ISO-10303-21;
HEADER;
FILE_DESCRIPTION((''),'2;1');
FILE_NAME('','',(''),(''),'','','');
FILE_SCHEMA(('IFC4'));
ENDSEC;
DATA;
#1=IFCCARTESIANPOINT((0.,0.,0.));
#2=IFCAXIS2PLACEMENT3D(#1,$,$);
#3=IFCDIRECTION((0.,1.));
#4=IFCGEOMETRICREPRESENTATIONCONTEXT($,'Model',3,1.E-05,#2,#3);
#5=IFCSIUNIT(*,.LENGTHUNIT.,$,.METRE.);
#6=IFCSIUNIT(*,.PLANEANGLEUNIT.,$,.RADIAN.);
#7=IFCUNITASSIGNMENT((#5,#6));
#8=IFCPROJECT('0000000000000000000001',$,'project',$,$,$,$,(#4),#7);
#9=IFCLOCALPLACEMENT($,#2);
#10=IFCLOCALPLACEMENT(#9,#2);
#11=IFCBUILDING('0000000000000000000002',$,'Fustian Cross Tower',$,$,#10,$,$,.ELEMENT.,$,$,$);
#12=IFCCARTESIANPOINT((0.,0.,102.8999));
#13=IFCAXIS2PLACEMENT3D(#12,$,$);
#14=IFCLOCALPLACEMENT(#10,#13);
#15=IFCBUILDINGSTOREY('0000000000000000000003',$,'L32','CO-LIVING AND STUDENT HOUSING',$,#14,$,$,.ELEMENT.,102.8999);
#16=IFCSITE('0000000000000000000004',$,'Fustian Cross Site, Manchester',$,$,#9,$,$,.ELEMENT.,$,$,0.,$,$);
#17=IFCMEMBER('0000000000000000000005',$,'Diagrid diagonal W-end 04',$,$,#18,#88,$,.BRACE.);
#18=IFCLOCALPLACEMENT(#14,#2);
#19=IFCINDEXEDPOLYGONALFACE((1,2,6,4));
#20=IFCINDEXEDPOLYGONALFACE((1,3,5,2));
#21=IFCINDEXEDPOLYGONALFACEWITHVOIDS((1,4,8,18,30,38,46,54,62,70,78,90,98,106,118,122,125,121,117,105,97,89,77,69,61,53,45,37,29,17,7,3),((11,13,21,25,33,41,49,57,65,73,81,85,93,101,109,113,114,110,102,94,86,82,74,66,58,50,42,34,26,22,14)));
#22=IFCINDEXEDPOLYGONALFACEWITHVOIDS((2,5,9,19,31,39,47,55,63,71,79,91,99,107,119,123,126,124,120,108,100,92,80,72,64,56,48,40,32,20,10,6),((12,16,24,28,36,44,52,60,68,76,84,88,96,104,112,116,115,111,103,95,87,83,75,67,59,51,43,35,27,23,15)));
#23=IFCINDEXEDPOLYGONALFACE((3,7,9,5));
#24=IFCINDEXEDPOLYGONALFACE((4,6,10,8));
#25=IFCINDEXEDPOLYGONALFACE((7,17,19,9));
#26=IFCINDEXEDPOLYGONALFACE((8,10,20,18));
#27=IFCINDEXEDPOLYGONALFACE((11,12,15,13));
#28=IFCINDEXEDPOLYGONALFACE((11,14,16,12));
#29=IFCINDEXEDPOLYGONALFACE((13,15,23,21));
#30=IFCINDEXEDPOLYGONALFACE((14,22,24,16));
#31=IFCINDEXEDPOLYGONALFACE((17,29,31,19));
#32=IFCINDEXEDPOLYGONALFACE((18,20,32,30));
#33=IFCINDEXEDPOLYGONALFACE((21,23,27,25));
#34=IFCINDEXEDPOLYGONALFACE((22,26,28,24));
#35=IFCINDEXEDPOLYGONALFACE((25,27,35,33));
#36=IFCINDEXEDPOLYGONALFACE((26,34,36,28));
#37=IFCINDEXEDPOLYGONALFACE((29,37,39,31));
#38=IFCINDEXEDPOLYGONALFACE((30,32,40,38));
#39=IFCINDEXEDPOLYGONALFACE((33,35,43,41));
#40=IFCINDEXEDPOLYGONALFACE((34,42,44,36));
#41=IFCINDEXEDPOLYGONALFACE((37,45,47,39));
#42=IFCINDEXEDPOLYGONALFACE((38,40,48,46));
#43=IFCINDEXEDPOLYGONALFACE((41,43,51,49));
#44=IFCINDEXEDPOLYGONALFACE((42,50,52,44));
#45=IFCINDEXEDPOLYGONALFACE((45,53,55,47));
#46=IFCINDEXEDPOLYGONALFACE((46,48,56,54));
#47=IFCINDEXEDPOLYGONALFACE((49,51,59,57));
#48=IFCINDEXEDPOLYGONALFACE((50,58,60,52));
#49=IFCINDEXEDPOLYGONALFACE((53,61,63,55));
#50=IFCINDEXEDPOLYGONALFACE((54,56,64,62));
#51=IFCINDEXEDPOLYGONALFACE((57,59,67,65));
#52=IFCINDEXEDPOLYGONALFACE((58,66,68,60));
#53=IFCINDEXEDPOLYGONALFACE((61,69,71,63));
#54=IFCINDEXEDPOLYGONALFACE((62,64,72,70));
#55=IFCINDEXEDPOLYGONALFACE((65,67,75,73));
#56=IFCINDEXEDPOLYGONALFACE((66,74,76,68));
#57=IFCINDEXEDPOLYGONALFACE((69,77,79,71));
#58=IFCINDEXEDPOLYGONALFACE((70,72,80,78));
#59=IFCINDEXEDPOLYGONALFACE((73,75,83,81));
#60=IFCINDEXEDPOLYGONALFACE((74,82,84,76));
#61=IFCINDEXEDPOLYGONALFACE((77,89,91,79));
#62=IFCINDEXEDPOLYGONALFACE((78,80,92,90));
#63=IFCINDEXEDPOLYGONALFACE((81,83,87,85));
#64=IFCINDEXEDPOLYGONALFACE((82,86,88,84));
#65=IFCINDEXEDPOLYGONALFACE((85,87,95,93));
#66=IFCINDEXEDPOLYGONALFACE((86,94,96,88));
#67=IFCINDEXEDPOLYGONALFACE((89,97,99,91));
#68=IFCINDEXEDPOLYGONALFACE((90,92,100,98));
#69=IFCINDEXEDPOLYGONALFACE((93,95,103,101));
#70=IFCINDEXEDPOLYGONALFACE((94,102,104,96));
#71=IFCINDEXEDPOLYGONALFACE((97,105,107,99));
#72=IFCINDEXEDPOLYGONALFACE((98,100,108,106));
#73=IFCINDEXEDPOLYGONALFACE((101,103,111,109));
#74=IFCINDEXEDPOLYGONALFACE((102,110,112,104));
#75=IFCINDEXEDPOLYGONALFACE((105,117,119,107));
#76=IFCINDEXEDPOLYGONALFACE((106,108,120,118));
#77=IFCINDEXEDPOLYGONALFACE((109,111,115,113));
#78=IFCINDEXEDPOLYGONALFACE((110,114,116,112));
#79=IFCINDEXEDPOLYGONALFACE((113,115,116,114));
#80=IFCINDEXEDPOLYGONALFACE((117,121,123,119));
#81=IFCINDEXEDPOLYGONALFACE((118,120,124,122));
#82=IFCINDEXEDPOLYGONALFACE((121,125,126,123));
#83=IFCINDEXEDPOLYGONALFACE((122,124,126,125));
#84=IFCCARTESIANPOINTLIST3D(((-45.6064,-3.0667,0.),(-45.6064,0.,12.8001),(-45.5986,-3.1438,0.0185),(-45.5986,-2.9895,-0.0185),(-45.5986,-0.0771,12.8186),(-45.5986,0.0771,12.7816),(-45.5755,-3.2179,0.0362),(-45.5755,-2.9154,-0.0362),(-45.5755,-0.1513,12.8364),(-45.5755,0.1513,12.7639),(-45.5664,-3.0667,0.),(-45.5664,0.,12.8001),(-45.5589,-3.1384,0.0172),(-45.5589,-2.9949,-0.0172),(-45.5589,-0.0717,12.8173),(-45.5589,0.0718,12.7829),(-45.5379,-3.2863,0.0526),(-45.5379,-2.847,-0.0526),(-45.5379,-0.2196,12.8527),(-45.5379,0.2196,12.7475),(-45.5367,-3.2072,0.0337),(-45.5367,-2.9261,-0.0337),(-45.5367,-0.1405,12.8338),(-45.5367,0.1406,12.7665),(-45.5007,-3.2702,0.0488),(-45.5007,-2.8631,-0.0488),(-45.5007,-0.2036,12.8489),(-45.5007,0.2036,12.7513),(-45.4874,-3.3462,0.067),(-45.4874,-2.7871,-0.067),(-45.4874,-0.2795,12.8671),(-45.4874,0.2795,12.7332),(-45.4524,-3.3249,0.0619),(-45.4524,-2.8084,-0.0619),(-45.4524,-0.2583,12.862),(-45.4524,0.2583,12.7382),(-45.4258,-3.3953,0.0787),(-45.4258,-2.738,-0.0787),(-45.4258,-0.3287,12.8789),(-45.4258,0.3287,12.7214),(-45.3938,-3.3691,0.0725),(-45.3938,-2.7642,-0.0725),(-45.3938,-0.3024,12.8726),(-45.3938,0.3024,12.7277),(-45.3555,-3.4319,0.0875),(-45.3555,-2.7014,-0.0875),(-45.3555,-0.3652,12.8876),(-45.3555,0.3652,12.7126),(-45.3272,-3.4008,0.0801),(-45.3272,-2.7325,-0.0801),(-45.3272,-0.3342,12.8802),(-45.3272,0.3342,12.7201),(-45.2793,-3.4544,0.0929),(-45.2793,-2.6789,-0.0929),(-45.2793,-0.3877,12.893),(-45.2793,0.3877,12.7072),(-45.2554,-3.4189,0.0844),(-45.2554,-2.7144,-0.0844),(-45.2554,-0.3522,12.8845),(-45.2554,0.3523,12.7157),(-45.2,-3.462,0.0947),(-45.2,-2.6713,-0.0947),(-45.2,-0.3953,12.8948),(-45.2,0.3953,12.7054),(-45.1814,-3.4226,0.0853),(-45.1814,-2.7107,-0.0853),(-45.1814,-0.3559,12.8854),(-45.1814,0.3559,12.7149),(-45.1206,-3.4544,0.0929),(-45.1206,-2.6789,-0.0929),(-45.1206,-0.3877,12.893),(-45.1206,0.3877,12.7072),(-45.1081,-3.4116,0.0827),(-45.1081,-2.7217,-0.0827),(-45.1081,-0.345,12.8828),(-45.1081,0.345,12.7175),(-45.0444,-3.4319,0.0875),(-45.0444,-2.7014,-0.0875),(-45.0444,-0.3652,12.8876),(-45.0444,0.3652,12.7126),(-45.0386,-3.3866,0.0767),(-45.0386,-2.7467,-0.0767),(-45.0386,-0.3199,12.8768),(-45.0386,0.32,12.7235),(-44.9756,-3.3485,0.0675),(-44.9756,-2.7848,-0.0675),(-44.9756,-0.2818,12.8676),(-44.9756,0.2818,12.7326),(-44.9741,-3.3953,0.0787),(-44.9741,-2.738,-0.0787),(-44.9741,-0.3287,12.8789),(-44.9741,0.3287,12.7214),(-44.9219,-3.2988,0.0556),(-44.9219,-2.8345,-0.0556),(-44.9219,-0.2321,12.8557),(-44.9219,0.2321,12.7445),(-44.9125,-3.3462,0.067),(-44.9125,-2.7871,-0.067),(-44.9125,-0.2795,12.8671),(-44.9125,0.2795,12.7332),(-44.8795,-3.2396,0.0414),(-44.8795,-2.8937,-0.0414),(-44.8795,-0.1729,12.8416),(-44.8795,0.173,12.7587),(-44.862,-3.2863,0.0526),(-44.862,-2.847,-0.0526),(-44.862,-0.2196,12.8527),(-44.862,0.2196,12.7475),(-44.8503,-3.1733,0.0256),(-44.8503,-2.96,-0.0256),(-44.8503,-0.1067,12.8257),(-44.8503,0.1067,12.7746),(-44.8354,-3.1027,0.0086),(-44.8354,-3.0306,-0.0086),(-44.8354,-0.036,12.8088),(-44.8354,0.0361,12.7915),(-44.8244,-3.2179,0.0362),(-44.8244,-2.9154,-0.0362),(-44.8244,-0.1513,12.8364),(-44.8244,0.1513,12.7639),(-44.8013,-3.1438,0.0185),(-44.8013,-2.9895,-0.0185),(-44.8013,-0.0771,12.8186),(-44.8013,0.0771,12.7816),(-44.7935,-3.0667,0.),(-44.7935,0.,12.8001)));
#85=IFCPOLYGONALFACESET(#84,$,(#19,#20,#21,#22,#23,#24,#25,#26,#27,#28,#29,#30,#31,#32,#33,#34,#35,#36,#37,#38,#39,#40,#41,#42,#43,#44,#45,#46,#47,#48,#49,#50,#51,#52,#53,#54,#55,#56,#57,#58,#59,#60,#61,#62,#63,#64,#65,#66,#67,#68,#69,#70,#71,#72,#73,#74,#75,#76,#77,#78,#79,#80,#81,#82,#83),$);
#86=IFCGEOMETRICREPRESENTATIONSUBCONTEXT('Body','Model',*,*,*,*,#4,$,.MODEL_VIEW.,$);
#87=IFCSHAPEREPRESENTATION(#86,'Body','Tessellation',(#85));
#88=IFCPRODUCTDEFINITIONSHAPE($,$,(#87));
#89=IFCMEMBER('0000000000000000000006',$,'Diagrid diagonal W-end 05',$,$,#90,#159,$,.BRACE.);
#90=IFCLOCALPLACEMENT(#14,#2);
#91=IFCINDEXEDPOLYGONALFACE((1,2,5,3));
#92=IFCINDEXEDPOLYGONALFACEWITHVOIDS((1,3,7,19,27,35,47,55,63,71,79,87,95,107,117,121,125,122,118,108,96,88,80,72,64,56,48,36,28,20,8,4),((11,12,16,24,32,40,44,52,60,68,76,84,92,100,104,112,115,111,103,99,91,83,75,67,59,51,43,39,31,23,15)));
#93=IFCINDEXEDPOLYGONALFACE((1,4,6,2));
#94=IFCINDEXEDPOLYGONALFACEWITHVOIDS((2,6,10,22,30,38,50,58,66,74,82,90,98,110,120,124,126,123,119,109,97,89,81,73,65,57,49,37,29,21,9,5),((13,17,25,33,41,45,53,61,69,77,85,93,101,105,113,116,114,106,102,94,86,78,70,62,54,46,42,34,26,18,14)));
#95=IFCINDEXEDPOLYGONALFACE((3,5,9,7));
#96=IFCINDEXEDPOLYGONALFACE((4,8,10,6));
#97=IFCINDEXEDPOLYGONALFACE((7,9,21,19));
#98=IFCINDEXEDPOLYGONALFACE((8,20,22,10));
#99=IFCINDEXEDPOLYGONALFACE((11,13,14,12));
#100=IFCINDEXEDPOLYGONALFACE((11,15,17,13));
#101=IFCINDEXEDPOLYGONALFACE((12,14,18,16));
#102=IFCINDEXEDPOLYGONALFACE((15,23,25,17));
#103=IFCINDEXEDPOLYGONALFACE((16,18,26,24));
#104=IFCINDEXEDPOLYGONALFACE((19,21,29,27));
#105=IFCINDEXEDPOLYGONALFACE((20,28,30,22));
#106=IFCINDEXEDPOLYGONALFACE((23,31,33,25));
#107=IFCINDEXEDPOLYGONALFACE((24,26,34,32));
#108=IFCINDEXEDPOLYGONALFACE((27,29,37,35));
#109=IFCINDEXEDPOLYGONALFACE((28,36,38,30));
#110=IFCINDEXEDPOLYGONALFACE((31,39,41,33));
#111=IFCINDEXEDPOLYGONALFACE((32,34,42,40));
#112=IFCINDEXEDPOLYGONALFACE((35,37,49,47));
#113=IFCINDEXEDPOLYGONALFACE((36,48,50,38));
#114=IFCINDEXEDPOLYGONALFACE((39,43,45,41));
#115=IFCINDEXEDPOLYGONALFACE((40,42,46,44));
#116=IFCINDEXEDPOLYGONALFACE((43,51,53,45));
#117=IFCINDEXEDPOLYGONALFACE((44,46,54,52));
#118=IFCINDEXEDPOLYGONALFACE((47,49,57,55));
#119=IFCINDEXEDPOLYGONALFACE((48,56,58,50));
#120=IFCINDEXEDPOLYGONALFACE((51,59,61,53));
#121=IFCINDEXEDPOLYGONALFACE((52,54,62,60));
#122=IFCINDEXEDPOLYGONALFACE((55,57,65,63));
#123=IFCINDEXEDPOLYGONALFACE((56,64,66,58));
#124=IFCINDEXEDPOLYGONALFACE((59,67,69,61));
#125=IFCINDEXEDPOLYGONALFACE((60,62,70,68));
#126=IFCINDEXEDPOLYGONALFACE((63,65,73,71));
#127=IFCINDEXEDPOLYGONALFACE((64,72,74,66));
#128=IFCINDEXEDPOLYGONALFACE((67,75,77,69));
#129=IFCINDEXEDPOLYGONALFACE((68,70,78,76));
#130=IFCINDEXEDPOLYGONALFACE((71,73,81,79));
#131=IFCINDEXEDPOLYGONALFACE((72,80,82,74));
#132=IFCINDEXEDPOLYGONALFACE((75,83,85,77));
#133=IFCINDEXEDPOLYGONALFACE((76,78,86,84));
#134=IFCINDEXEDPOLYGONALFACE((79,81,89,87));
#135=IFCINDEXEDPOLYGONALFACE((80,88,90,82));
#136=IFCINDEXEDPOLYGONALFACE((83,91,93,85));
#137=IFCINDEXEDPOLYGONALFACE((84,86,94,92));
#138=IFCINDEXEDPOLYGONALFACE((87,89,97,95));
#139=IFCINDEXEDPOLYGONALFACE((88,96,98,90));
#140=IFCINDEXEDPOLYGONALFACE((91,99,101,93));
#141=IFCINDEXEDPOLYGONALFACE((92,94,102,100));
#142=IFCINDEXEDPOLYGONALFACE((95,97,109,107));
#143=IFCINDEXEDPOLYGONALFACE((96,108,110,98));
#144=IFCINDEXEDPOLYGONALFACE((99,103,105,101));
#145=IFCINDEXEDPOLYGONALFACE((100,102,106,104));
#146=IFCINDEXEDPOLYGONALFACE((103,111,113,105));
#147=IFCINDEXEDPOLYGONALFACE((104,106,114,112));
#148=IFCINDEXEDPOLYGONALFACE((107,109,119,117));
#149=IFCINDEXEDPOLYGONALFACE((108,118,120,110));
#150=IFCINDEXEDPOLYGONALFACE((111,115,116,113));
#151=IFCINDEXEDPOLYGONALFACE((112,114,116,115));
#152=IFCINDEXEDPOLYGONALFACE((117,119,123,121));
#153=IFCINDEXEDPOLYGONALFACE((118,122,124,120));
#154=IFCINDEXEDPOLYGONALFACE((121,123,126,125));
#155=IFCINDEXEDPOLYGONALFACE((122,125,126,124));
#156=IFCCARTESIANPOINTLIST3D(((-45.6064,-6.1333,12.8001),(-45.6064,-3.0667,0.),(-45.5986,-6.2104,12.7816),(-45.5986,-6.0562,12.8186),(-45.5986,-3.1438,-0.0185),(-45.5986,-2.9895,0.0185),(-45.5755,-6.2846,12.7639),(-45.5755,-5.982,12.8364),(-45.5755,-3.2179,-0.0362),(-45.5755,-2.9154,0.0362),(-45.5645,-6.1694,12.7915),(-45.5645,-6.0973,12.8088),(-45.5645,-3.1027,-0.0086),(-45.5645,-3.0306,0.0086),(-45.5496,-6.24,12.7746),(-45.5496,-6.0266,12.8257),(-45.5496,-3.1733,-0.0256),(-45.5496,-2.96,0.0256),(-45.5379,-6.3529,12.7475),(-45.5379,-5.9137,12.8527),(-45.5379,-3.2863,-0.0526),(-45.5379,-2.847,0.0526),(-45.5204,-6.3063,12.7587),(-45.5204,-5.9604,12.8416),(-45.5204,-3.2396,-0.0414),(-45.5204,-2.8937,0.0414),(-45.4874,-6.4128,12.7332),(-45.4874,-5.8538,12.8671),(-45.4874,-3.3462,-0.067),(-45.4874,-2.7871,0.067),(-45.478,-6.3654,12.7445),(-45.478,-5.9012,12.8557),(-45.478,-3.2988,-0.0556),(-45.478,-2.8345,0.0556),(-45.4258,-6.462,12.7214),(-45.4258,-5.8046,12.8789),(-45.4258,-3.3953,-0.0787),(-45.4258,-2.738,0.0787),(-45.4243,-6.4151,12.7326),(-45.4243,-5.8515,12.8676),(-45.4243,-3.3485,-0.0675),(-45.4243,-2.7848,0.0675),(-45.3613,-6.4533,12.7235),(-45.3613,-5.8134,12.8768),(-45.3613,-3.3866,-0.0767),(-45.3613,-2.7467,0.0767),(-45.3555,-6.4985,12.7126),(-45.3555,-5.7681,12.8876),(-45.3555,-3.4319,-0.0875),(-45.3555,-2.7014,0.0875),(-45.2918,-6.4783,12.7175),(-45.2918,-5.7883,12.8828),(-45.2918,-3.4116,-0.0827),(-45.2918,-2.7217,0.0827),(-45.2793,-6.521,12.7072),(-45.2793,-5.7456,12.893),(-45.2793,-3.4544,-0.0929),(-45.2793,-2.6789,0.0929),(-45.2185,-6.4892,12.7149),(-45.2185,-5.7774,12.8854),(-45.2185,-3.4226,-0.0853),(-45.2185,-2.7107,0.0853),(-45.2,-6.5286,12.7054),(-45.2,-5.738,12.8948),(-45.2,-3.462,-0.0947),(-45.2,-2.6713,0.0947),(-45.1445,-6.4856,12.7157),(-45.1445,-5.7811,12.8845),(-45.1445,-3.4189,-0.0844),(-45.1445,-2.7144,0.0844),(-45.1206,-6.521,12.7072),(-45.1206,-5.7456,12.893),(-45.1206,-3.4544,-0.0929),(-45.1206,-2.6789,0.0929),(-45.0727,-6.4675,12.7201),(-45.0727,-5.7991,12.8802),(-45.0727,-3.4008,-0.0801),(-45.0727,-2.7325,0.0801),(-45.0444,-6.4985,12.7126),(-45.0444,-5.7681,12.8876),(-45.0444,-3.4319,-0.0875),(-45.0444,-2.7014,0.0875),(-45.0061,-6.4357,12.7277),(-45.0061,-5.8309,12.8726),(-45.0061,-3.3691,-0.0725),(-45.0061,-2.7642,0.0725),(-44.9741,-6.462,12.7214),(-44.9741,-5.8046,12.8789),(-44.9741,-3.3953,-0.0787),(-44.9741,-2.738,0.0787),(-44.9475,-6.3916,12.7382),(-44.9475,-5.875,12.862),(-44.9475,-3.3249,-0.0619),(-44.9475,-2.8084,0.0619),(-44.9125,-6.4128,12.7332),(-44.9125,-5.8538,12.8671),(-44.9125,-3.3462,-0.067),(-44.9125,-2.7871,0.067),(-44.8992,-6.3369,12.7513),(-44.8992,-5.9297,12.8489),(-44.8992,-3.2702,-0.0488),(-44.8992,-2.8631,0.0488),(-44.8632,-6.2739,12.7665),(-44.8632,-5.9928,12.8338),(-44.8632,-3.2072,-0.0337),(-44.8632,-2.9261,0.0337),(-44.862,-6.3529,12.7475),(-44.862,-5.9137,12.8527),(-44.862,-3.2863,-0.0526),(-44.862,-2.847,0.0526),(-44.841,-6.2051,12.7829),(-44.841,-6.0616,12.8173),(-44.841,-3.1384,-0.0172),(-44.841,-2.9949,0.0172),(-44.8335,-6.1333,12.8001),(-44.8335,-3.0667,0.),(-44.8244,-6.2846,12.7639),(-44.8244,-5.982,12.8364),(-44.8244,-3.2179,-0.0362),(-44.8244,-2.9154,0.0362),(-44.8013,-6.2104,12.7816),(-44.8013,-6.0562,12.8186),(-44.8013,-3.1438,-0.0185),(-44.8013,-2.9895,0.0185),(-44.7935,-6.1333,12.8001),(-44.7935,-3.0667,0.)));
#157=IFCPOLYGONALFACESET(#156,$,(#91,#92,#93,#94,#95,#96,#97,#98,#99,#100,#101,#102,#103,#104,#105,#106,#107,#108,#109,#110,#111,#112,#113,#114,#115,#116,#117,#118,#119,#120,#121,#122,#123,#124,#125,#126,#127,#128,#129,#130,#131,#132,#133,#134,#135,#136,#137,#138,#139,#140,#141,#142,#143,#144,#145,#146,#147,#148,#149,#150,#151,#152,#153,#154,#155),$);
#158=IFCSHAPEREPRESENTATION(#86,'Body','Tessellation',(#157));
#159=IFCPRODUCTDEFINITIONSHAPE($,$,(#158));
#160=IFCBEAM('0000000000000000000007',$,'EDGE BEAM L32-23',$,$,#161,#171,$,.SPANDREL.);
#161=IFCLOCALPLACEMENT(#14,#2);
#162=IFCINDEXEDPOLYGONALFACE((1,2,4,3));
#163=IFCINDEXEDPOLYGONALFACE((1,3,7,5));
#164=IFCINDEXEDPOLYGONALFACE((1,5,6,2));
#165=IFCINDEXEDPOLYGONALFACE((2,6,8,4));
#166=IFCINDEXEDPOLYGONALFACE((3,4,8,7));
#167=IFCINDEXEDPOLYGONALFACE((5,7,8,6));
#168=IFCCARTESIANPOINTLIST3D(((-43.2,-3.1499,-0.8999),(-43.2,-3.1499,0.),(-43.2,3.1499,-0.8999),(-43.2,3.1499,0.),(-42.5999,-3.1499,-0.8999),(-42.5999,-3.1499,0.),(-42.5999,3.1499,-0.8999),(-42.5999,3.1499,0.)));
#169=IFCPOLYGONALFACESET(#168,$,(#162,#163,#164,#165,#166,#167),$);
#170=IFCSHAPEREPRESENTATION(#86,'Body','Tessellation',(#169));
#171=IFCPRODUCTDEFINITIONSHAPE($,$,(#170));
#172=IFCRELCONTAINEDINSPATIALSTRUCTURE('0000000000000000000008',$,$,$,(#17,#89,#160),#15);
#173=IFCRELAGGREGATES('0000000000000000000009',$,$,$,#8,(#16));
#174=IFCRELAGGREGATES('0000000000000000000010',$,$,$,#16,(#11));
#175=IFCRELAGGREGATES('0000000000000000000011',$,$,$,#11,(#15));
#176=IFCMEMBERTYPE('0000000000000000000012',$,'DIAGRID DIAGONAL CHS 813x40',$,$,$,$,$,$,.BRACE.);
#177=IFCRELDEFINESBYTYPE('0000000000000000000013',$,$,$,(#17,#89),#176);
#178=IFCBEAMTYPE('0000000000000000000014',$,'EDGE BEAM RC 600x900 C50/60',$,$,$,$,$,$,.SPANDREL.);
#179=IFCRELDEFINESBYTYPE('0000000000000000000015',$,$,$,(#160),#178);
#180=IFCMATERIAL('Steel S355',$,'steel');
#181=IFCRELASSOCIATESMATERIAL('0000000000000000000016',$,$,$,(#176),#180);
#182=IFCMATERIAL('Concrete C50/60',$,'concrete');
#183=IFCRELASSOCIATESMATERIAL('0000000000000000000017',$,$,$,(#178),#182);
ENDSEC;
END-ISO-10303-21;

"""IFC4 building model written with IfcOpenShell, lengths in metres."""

from ifc_helpers import new_model, si_unit, direction, frame, origin, origin_2d, place, context, subcontext, project, spatial, rectangle, hollow_circle, extrude, material, material_profile, profile_set, type_object, element, save


model = new_model("IFC4")

# Units and contexts
model_context = context("Model", 3, precision=1e-05, world=origin(), true_north=direction((0.0, 1.0)))
body_context = subcontext(model_context, "Body", "Model", "MODEL_VIEW")
ifc_project = project(units=[si_unit("LENGTHUNIT", "METRE"), si_unit("PLANEANGLEUNIT", "RADIAN")], contexts=[model_context])

# Site, building, storey
site_placement = place(None, origin())
site = spatial("IfcSite", under=ifc_project, at=site_placement, Name="Fustian Cross Site, Manchester", CompositionType="ELEMENT", RefElevation=0.0)
building_placement = place(site_placement, origin())
building = spatial("IfcBuilding", under=site, at=building_placement, Name="Fustian Cross Tower", CompositionType="ELEMENT")
storey_placement = place(building_placement, frame((0.0, 0.0, 102.8999)))
storey = spatial("IfcBuildingStorey", under=building, at=storey_placement, Name="L32", Description="CO-LIVING AND STUDENT HOUSING", CompositionType="ELEMENT", Elevation=102.8999)

# Members
ifc_material_1 = material(Name="Steel S355", Category="steel")
ifc_material_profile_1 = material_profile(ifc_material_1, hollow_circle(Radius=0.4065, WallThickness=0.04, at=origin_2d()), Name="CHS 813x40")
ifc_profile_set_1 = profile_set([ifc_material_profile_1], Name="Steel S355")
member_type_1 = type_object("IfcMemberType", Name="DIAGRID DIAGONAL CHS 813x40", PredefinedType="BRACE", material=ifc_profile_set_1)
for number, where, z_axis, x_axis, name in (
    (1, (-45.2, -3.0667, 0.0), (0.0, 0.232988, 0.97248), (-1.0, 0.0, 0.0), "Diagrid diagonal W-end 04"),
    (2, (-45.2, -3.0667, 0.0), (0.0, -0.232988, 0.97248), (1.0, 0.0, 0.0), "Diagrid diagonal W-end 05"),
):
    element("IfcMember", number, at=place(storey_placement, frame(where, z_axis=z_axis, x_axis=x_axis)), inside=storey, type_object=member_type_1, Name=name, PredefinedType="BRACE", context=body_context, shape_type="SweptSolid", body=[
        extrude(hollow_circle(Radius=0.4065, WallThickness=0.04, at=origin_2d()), origin(), (0.0, 0.0, 1.0), 13.1624),
    ])

# Beam
ifc_material_2 = material(Name="Concrete C50/60", Category="concrete")
ifc_material_profile_2 = material_profile(ifc_material_2, rectangle(XDim=0.6001, YDim=0.8999, at=origin_2d()), Name="RC 600x900")
ifc_profile_set_2 = profile_set([ifc_material_profile_2], Name="Concrete C50/60")
beam_type = type_object("IfcBeamType", Name="EDGE BEAM RC 600x900 C50/60", PredefinedType="SPANDREL", material=ifc_profile_set_2)
beam_placement = place(storey_placement, frame((-42.8999, 3.1499, -0.45), z_axis=(0.0, -1.0, 0.0), x_axis=(1.0, 0.0, 0.0)))
element("IfcBeam", 3, at=beam_placement, inside=storey, type_object=beam_type, Name="EDGE BEAM L32-23", PredefinedType="SPANDREL", context=body_context, shape_type="SweptSolid", body=[
    extrude(rectangle(XDim=0.6001, YDim=0.8999, at=origin_2d()), origin(), (0.0, 0.0, 1.0), 6.2998),
])

save(model, "model.ifc")
